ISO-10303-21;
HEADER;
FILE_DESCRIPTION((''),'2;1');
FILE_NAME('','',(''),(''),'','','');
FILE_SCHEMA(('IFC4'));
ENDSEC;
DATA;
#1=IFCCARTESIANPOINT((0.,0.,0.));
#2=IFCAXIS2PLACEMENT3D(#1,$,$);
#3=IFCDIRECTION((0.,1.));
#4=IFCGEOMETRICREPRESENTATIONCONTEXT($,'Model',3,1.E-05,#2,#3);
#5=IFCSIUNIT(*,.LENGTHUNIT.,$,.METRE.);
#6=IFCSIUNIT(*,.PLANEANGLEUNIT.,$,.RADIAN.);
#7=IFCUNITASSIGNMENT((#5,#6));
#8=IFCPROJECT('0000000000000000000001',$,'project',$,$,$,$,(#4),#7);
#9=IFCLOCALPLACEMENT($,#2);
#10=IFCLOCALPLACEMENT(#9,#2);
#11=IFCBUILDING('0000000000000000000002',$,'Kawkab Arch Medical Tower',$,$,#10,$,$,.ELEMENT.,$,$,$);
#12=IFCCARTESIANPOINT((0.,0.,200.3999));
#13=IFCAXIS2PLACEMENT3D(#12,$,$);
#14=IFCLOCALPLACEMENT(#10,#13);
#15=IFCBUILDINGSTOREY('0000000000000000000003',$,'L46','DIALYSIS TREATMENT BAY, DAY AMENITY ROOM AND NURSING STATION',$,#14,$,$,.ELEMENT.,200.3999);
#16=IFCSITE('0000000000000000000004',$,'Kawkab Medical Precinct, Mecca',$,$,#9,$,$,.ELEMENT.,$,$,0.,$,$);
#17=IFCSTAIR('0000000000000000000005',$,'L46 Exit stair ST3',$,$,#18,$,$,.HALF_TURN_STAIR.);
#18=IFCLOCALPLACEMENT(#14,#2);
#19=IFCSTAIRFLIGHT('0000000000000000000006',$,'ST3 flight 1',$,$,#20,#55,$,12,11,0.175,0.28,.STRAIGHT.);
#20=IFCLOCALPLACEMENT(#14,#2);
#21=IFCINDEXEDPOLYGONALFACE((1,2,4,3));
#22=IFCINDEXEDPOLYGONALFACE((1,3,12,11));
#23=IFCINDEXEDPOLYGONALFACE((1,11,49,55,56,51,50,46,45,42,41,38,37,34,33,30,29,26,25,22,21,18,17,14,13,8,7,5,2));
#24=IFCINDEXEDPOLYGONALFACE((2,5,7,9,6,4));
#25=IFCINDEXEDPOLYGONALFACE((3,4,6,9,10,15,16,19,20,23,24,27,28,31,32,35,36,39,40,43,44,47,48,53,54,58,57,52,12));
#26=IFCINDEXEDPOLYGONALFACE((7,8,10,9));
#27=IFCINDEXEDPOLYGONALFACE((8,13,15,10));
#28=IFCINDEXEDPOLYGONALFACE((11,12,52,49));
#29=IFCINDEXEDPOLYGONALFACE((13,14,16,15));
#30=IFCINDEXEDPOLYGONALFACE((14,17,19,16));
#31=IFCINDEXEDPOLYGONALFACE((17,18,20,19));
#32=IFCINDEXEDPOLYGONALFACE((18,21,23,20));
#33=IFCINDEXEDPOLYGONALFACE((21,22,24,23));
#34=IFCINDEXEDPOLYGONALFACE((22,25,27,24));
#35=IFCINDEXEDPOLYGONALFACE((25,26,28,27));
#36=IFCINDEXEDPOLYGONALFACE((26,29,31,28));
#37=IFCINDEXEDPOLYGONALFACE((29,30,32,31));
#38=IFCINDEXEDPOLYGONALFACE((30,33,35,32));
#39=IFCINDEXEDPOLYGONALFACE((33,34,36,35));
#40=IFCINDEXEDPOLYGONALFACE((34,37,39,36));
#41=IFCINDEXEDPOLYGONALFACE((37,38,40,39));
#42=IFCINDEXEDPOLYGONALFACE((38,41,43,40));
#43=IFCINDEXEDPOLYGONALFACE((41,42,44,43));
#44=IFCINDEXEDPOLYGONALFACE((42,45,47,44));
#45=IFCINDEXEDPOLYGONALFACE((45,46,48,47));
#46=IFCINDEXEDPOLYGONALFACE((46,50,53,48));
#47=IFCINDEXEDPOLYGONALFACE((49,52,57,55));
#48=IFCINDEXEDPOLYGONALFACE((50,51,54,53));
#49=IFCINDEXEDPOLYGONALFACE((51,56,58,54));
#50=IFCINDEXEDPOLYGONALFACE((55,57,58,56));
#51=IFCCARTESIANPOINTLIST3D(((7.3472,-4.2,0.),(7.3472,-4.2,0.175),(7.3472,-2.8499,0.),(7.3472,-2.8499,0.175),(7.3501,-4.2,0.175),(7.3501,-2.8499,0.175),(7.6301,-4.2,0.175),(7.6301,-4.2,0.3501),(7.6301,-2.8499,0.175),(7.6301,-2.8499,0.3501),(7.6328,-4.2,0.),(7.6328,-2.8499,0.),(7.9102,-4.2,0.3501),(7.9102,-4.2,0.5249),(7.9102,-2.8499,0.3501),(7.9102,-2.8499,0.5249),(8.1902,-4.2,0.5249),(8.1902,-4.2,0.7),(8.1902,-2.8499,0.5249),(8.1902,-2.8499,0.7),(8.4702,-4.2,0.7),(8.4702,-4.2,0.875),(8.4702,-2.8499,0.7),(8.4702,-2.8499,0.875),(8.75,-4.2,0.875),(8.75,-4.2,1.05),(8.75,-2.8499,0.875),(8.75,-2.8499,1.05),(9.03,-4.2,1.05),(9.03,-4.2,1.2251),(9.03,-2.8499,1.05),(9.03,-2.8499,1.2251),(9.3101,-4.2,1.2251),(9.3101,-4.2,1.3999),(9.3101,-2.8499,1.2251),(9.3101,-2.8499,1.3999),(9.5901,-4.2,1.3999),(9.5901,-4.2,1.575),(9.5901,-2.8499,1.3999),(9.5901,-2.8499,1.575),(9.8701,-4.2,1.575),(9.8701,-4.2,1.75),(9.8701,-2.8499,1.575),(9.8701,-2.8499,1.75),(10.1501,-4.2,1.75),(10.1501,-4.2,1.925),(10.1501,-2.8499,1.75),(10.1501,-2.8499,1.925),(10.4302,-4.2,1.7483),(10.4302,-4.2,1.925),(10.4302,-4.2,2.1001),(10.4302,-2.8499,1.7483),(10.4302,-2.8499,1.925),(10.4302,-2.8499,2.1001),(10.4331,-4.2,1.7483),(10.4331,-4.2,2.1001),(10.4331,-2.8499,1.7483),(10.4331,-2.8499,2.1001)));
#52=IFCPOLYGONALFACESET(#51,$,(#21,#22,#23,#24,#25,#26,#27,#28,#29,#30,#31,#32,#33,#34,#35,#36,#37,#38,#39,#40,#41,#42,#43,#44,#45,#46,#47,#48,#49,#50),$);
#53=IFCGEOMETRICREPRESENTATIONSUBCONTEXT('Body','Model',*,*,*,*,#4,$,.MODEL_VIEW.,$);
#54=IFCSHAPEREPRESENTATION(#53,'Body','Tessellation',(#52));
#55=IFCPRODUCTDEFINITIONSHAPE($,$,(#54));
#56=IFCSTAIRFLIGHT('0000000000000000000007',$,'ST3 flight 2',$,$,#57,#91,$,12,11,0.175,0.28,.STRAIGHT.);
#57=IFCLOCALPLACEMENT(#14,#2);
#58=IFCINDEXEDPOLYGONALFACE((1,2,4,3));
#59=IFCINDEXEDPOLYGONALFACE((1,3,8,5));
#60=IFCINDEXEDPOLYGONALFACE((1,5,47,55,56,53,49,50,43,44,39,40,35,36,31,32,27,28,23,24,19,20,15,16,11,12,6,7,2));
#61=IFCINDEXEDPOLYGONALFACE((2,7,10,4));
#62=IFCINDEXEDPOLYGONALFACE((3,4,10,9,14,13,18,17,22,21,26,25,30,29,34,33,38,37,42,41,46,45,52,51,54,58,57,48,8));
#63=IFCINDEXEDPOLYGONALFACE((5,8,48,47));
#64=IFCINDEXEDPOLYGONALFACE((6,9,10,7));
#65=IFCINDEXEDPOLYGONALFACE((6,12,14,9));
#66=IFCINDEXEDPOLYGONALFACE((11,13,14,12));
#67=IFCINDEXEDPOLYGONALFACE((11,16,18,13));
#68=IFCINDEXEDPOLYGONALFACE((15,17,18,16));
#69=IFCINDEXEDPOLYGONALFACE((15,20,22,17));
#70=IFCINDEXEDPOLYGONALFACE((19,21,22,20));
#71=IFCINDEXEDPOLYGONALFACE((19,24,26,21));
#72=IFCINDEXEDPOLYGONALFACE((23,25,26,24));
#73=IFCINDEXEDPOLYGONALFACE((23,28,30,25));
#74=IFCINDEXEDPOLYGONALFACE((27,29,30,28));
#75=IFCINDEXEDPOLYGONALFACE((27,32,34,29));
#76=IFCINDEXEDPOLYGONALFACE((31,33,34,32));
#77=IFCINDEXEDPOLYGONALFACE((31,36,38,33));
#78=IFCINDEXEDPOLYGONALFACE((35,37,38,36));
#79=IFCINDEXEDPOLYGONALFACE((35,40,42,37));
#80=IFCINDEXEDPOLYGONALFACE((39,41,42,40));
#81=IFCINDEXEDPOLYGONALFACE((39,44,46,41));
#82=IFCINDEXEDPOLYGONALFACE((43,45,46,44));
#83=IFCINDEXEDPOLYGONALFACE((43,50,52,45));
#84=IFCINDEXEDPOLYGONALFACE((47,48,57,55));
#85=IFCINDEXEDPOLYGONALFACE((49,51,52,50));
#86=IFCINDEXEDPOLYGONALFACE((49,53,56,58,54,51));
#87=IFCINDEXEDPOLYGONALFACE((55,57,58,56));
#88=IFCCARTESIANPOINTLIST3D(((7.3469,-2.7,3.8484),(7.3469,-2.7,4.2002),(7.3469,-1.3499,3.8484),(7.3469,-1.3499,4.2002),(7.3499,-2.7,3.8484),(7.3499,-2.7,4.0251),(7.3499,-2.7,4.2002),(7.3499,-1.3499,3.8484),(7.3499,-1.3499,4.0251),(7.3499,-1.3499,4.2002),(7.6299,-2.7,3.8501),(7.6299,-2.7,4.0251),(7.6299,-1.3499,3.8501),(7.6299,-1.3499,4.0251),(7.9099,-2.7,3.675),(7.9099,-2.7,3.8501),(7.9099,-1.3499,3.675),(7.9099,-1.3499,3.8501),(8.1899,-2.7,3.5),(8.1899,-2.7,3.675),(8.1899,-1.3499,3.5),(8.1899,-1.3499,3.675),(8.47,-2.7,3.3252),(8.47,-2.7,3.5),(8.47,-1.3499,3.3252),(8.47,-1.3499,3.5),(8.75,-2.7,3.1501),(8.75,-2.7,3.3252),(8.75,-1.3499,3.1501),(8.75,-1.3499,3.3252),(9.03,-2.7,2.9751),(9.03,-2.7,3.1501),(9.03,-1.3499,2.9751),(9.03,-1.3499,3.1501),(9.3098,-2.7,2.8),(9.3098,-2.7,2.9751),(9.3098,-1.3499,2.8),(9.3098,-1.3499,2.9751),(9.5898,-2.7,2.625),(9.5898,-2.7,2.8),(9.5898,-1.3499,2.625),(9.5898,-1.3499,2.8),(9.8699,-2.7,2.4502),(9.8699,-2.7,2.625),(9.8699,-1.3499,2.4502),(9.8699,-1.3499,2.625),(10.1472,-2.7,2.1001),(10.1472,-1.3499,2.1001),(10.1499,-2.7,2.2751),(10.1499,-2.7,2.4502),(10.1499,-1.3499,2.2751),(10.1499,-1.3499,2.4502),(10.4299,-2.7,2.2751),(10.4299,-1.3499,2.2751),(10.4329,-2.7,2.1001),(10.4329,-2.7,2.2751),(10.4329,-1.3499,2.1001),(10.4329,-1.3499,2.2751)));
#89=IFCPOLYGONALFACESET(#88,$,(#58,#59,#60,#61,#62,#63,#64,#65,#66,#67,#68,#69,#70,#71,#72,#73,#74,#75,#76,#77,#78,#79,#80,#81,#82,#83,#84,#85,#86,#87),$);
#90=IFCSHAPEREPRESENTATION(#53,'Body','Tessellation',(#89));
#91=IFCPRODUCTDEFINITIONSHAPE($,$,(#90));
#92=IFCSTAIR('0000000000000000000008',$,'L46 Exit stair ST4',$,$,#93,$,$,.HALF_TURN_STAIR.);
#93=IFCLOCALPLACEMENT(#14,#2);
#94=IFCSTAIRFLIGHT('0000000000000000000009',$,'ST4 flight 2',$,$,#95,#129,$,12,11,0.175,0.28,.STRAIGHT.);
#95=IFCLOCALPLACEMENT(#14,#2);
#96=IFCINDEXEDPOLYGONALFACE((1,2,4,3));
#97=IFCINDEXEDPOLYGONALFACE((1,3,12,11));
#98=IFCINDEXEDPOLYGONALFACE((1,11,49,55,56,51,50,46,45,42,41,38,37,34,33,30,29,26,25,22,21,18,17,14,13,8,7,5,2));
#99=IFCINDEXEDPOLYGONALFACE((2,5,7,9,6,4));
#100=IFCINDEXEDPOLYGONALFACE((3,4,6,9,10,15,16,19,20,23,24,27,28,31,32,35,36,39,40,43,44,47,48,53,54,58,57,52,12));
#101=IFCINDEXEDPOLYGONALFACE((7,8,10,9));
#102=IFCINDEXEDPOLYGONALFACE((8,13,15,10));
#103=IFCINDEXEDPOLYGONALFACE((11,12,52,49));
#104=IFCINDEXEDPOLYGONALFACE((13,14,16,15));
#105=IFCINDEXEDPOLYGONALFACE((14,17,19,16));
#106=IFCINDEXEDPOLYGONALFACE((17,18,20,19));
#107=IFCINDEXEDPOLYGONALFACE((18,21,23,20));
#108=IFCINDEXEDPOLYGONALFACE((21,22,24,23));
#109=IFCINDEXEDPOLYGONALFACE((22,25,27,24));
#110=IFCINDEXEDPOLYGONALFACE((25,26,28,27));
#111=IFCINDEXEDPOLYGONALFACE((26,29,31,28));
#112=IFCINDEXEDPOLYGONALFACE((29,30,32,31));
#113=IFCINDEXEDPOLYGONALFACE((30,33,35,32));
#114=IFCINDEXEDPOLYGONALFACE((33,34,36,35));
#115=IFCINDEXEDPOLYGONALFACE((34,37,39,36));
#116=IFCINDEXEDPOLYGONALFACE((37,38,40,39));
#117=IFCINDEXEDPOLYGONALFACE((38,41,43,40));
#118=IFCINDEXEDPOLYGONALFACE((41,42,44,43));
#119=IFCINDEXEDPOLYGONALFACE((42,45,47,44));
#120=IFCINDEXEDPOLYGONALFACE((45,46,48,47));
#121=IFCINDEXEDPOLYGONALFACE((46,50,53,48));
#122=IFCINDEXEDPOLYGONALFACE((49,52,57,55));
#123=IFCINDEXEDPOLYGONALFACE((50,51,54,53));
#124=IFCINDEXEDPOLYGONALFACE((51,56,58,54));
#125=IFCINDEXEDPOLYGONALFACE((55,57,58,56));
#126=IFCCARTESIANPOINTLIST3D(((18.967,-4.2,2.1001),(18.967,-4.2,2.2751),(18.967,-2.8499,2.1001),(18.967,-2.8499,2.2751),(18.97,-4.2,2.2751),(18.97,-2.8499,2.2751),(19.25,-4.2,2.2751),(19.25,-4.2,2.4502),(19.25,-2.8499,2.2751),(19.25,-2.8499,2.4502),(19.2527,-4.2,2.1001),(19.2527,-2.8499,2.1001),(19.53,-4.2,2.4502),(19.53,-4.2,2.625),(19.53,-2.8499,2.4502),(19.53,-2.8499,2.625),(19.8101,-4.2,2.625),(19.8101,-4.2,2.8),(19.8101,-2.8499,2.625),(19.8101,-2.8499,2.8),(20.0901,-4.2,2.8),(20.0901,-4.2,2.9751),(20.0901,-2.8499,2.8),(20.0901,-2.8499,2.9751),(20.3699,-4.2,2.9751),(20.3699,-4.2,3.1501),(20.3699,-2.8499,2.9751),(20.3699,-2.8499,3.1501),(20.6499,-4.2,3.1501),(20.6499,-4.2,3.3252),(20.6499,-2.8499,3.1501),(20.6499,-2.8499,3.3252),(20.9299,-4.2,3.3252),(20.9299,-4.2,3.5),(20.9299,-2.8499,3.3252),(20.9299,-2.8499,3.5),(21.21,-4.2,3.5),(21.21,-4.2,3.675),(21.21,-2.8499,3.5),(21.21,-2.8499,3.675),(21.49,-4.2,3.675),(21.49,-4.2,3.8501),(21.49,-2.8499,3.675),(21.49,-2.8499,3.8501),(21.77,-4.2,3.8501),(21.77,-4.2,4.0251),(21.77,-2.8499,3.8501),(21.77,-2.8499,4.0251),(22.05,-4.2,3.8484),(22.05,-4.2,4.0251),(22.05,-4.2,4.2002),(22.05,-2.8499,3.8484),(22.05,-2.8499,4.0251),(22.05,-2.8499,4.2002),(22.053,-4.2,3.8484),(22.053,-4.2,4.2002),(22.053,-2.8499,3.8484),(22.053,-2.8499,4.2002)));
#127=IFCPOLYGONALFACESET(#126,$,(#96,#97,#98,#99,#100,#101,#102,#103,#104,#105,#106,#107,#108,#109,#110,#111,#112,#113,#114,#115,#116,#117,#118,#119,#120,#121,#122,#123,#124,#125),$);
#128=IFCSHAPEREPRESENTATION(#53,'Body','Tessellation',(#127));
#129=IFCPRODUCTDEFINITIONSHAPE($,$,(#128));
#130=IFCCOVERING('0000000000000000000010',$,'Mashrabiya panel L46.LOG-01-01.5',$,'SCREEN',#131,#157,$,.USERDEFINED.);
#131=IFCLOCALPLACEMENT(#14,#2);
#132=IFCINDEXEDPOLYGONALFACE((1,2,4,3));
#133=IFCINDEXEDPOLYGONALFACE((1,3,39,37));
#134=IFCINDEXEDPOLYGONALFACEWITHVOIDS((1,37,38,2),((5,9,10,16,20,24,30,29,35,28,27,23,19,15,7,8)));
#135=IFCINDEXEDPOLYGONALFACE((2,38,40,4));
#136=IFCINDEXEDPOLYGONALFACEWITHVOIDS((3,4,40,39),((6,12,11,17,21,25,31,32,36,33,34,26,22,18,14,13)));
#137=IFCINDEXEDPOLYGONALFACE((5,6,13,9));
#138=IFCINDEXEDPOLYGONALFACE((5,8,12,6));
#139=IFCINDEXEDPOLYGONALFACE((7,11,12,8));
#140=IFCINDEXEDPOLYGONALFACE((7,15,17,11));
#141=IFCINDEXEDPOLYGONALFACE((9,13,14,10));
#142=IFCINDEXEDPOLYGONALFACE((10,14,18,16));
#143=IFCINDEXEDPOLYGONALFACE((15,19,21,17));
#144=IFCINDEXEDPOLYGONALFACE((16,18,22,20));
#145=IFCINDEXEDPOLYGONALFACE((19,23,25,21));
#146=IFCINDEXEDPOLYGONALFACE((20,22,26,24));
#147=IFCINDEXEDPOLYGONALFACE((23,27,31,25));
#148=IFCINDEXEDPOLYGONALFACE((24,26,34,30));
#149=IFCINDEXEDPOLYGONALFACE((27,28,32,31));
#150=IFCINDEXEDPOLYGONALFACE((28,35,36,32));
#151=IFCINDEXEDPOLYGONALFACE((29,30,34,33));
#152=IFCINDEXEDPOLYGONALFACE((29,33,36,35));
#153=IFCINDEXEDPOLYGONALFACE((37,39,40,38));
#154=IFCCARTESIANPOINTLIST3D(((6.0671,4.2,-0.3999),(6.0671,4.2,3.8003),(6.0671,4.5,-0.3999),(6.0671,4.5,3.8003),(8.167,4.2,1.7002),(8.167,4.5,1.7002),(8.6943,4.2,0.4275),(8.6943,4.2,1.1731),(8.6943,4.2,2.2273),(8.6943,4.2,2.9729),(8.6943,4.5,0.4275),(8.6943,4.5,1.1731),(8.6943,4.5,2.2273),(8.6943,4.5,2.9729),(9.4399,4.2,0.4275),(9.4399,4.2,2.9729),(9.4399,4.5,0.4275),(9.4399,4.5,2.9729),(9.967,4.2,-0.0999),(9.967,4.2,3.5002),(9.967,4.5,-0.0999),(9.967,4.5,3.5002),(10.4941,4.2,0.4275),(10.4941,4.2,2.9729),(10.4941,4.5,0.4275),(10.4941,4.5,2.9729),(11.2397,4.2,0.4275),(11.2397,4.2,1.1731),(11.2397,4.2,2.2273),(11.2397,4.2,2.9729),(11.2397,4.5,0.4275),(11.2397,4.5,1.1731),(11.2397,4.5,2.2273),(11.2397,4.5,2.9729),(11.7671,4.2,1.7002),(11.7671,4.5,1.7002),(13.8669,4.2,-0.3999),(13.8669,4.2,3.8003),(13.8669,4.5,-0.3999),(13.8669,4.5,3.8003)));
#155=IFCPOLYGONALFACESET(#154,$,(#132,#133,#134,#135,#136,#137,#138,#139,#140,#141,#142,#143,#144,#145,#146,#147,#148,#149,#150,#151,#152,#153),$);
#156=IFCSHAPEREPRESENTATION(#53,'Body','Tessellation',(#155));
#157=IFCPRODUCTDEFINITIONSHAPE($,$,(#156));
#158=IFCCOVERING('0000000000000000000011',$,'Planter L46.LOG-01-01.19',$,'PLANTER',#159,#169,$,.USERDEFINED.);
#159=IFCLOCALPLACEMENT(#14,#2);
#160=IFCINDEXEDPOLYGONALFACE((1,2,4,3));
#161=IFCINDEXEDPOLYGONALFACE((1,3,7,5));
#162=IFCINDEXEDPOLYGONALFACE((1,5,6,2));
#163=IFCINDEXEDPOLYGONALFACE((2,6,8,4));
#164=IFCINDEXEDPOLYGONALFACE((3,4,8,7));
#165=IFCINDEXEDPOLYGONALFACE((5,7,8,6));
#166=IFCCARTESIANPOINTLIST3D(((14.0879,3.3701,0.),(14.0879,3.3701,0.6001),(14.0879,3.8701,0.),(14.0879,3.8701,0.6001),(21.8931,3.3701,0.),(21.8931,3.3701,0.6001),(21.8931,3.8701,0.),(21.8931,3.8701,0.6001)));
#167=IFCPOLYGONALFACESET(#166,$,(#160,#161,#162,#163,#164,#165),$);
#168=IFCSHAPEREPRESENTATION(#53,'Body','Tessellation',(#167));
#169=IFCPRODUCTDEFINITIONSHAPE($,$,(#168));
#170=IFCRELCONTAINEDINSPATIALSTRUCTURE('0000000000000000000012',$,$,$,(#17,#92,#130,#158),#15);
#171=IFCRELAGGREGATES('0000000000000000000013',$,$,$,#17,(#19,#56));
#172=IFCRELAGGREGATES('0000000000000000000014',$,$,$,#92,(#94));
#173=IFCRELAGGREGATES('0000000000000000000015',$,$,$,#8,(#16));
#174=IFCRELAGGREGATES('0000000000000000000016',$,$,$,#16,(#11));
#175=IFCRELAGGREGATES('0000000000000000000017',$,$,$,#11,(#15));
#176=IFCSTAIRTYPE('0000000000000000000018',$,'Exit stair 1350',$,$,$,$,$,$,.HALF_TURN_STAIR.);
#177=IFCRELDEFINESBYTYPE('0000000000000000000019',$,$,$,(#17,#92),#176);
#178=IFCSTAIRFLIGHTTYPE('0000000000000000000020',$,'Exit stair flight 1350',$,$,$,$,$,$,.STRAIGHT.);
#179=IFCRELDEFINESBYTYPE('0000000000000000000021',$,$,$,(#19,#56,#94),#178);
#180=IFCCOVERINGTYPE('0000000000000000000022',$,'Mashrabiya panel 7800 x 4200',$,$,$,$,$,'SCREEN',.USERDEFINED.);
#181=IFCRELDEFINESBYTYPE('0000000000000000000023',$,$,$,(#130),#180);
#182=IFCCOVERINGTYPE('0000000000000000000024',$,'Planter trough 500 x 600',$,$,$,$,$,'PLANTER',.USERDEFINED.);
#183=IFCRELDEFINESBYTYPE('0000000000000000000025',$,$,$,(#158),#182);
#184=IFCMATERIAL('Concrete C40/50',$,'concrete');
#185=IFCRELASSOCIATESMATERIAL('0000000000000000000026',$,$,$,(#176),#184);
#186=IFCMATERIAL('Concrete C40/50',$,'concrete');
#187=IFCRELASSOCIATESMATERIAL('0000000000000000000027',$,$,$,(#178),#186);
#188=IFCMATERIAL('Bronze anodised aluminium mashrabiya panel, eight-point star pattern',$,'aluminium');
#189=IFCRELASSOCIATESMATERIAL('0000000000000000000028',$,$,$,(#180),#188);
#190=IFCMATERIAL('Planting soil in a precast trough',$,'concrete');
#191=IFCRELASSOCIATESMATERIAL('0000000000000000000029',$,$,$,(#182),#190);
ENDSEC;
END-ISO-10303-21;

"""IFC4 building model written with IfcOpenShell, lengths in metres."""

from ifc_helpers import new_model, si_unit, direction, frame, origin, origin_2d, place, context, subcontext, project, spatial, polyline, rectangle, outline, extrude, material, material_profile, profile_set, type_object, element, aggregate, save


model = new_model("IFC4")

# Units and contexts
model_context = context("Model", 3, precision=1e-05, world=origin(), true_north=direction((0.0, 1.0)))
body_context = subcontext(model_context, "Body", "Model", "MODEL_VIEW")
ifc_project = project(units=[si_unit("LENGTHUNIT", "METRE"), si_unit("PLANEANGLEUNIT", "RADIAN")], contexts=[model_context])

# Site, building, storey
site_placement = place(None, origin())
site = spatial("IfcSite", under=ifc_project, at=site_placement, Name="Kawkab Medical Precinct, Mecca", CompositionType="ELEMENT", RefElevation=0.0)
building_placement = place(site_placement, origin())
building = spatial("IfcBuilding", under=site, at=building_placement, Name="Kawkab Arch Medical Tower", CompositionType="ELEMENT")
storey_placement = place(building_placement, frame((0.0, 0.0, 200.3999)))
storey = spatial("IfcBuildingStorey", under=building, at=storey_placement, Name="L46", Description="DIALYSIS TREATMENT BAY, DAY AMENITY ROOM AND NURSING STATION", CompositionType="ELEMENT", Elevation=200.3999)

# Shared definitions
placement = place(storey_placement, origin())

# Stair, stair flights
ifc_material_1 = material(Name="Concrete C40/50", Category="concrete")
stair_type = type_object("IfcStairType", Name="Exit stair 1350", PredefinedType="HALF_TURN_STAIR", material=ifc_material_1)
stair_1 = element("IfcStair", 1, at=placement, inside=storey, type_object=stair_type, Name="L46 Exit stair ST3", PredefinedType="HALF_TURN_STAIR")
ifc_material_2 = material(Name="Concrete C40/50", Category="concrete")
stair_flight_type = type_object("IfcStairFlightType", Name="Exit stair flight 1350", PredefinedType="STRAIGHT", material=ifc_material_2)
stair_flight_1_placement = place(storey_placement, frame((7.3501, -3.5249, 0.0), z_axis=(0.0, 0.0, 1.0), x_axis=(1.0, 0.0, 0.0)))
stair_flight_1 = element("IfcStairFlight", 2, at=stair_flight_1_placement, type_object=stair_flight_type, Name="ST3 flight 1", NumberOfRisers=12, NumberOfTreads=11, PredefinedType="STRAIGHT", RiserHeight=0.175, TreadLength=0.28, context=body_context, shape_type="SweptSolid", body=[
    extrude(outline(polyline([(-0.0029, 0.0), (-0.0029, 0.175), (0.0, 0.175), (0.28, 0.175), (0.28, 0.3501), (0.5601, 0.3501), (0.5601, 0.5249), (0.8401, 0.5249), (0.8401, 0.7), (1.1201, 0.7), (1.1201, 0.875), (1.3999, 0.875), (1.3999, 1.05), (1.6799, 1.05), (1.6799, 1.2251), (1.96, 1.2251), (1.96, 1.3999), (2.24, 1.3999), (2.24, 1.575), (2.52, 1.575), (2.52, 1.75), (2.8, 1.75), (2.8, 1.925), (3.0801, 1.925), (3.0801, 2.1001), (3.083, 2.1001), (3.083, 1.7483), (3.0801, 1.7483), (0.2827, 0.0), (-0.0029, 0.0)])), frame((0.0, 0.675, 0.0), z_axis=(0.0, -1.0, 0.0), x_axis=(1.0, 0.0, 0.0)), (0.0, 0.0, 1.0), 1.3501),
])
stair_flight_2_placement = place(storey_placement, frame((10.4299, -2.0249, 2.1001), z_axis=(0.0, 0.0, 1.0), x_axis=(-1.0, 0.0, 0.0)))
stair_flight_2 = element("IfcStairFlight", 3, at=stair_flight_2_placement, type_object=stair_flight_type, Name="ST3 flight 2", NumberOfRisers=12, NumberOfTreads=11, PredefinedType="STRAIGHT", RiserHeight=0.175, TreadLength=0.28, context=body_context, shape_type="SweptSolid", body=[
    extrude(outline(polyline([(-0.0029, 0.0), (-0.0029, 0.175), (0.0, 0.175), (0.28, 0.175), (0.28, 0.3501), (0.5601, 0.3501), (0.5601, 0.5249), (0.8401, 0.5249), (0.8401, 0.7), (1.1201, 0.7), (1.1201, 0.875), (1.3999, 0.875), (1.3999, 1.05), (1.6799, 1.05), (1.6799, 1.2251), (1.96, 1.2251), (1.96, 1.3999), (2.24, 1.3999), (2.24, 1.575), (2.52, 1.575), (2.52, 1.75), (2.8, 1.75), (2.8, 1.925), (3.0801, 1.925), (3.0801, 2.1001), (3.083, 2.1001), (3.083, 1.7483), (3.0801, 1.7483), (0.2827, 0.0), (-0.0029, 0.0)])), frame((0.0, 0.675, 0.0), z_axis=(0.0, -1.0, 0.0), x_axis=(1.0, 0.0, 0.0)), (0.0, 0.0, 1.0), 1.3501),
])
aggregate(stair_1, [stair_flight_1, stair_flight_2])

# Stair, stair flight
stair_2 = element("IfcStair", 4, at=placement, inside=storey, type_object=stair_type, Name="L46 Exit stair ST4", PredefinedType="HALF_TURN_STAIR")
stair_flight_3_placement = place(storey_placement, frame((18.97, -3.5249, 2.1001), z_axis=(0.0, 0.0, 1.0), x_axis=(1.0, 0.0, 0.0)))
stair_flight_3 = element("IfcStairFlight", 5, at=stair_flight_3_placement, type_object=stair_flight_type, Name="ST4 flight 2", NumberOfRisers=12, NumberOfTreads=11, PredefinedType="STRAIGHT", RiserHeight=0.175, TreadLength=0.28, context=body_context, shape_type="SweptSolid", body=[
    extrude(outline(polyline([(-0.0029, 0.0), (-0.0029, 0.175), (0.0, 0.175), (0.28, 0.175), (0.28, 0.3501), (0.5601, 0.3501), (0.5601, 0.5249), (0.8401, 0.5249), (0.8401, 0.7), (1.1201, 0.7), (1.1201, 0.875), (1.3999, 0.875), (1.3999, 1.05), (1.6799, 1.05), (1.6799, 1.2251), (1.96, 1.2251), (1.96, 1.3999), (2.24, 1.3999), (2.24, 1.575), (2.52, 1.575), (2.52, 1.75), (2.8, 1.75), (2.8, 1.925), (3.0801, 1.925), (3.0801, 2.1001), (3.083, 2.1001), (3.083, 1.7483), (3.0801, 1.7483), (0.2827, 0.0), (-0.0029, 0.0)])), frame((0.0, 0.675, 0.0), z_axis=(0.0, -1.0, 0.0), x_axis=(1.0, 0.0, 0.0)), (0.0, 0.0, 1.0), 1.3501),
])
aggregate(stair_2, [stair_flight_3])

# Coverings
ifc_material_3 = material(Name="Bronze anodised aluminium mashrabiya panel, eight-point star pattern", Category="aluminium")
ifc_material_profile_1 = material_profile(ifc_material_3, outline(polyline([(-3.8999, -2.1001), (3.8999, -2.1001), (3.8999, 2.1001), (-3.8999, 2.1001), (-3.8999, -2.1001)]), holes=[polyline([(1.8, 0.0), (1.2727, 0.5271), (1.2727, 1.2727), (0.5271, 1.2727), (0.0, 1.8), (-0.5271, 1.2727), (-1.2727, 1.2727), (-1.2727, 0.5271), (-1.8, 0.0), (-1.2727, -0.5271), (-1.2727, -1.2727), (-0.5271, -1.2727), (0.0, -1.8), (0.5271, -1.2727), (1.2727, -1.2727), (1.2727, -0.5271), (1.8, 0.0)])]), Name="Mashrabiya panel 7800x4200")
ifc_profile_set_1 = profile_set([ifc_material_profile_1], Name="Bronze anodised aluminium mashrabiya panel, eight-point star pattern")
covering_type_1 = type_object("IfcCoveringType", Name="Mashrabiya panel 7800 x 4200", ElementType="SCREEN", PredefinedType="USERDEFINED", material=ifc_profile_set_1)
covering_1_placement = place(storey_placement, frame((9.967, 4.2, 1.7002), z_axis=(0.0, 1.0, 0.0), x_axis=(-1.0, 0.0, 0.0)))
element("IfcCovering", 6, at=covering_1_placement, inside=storey, type_object=covering_type_1, Name="Mashrabiya panel L46.LOG-01-01.5", ObjectType="SCREEN", PredefinedType="USERDEFINED", context=body_context, shape_type="SweptSolid", body=[
    extrude(outline(polyline([(-3.8999, -2.1001), (3.8999, -2.1001), (3.8999, 2.1001), (-3.8999, 2.1001), (-3.8999, -2.1001)]), holes=[polyline([(1.8, 0.0), (1.2727, 0.5271), (1.2727, 1.2727), (0.5271, 1.2727), (0.0, 1.8), (-0.5271, 1.2727), (-1.2727, 1.2727), (-1.2727, 0.5271), (-1.8, 0.0), (-1.2727, -0.5271), (-1.2727, -1.2727), (-0.5271, -1.2727), (0.0, -1.8), (0.5271, -1.2727), (1.2727, -1.2727), (1.2727, -0.5271), (1.8, 0.0)])]), origin(), (0.0, 0.0, 1.0), 0.3),
])
ifc_material_4 = material(Name="Planting soil in a precast trough", Category="concrete")
ifc_material_profile_2 = material_profile(ifc_material_4, rectangle(XDim=0.5, YDim=0.6001, at=origin_2d()), Name="Trough 500x600")
ifc_profile_set_2 = profile_set([ifc_material_profile_2], Name="Planting soil in a precast trough")
covering_type_2 = type_object("IfcCoveringType", Name="Planter trough 500 x 600", ElementType="PLANTER", PredefinedType="USERDEFINED", material=ifc_profile_set_2)
covering_2_placement = place(storey_placement, frame((14.0879, 3.6201, 0.3), z_axis=(1.0, 0.0, 0.0), x_axis=(0.0, 1.0, 0.0)))
element("IfcCovering", 7, at=covering_2_placement, inside=storey, type_object=covering_type_2, Name="Planter L46.LOG-01-01.19", ObjectType="PLANTER", PredefinedType="USERDEFINED", context=body_context, shape_type="SweptSolid", body=[
    extrude(rectangle(XDim=0.5, YDim=0.6001, at=origin_2d()), origin(), (0.0, 0.0, 1.0), 7.8052),
])

save(model, "model.ifc")
